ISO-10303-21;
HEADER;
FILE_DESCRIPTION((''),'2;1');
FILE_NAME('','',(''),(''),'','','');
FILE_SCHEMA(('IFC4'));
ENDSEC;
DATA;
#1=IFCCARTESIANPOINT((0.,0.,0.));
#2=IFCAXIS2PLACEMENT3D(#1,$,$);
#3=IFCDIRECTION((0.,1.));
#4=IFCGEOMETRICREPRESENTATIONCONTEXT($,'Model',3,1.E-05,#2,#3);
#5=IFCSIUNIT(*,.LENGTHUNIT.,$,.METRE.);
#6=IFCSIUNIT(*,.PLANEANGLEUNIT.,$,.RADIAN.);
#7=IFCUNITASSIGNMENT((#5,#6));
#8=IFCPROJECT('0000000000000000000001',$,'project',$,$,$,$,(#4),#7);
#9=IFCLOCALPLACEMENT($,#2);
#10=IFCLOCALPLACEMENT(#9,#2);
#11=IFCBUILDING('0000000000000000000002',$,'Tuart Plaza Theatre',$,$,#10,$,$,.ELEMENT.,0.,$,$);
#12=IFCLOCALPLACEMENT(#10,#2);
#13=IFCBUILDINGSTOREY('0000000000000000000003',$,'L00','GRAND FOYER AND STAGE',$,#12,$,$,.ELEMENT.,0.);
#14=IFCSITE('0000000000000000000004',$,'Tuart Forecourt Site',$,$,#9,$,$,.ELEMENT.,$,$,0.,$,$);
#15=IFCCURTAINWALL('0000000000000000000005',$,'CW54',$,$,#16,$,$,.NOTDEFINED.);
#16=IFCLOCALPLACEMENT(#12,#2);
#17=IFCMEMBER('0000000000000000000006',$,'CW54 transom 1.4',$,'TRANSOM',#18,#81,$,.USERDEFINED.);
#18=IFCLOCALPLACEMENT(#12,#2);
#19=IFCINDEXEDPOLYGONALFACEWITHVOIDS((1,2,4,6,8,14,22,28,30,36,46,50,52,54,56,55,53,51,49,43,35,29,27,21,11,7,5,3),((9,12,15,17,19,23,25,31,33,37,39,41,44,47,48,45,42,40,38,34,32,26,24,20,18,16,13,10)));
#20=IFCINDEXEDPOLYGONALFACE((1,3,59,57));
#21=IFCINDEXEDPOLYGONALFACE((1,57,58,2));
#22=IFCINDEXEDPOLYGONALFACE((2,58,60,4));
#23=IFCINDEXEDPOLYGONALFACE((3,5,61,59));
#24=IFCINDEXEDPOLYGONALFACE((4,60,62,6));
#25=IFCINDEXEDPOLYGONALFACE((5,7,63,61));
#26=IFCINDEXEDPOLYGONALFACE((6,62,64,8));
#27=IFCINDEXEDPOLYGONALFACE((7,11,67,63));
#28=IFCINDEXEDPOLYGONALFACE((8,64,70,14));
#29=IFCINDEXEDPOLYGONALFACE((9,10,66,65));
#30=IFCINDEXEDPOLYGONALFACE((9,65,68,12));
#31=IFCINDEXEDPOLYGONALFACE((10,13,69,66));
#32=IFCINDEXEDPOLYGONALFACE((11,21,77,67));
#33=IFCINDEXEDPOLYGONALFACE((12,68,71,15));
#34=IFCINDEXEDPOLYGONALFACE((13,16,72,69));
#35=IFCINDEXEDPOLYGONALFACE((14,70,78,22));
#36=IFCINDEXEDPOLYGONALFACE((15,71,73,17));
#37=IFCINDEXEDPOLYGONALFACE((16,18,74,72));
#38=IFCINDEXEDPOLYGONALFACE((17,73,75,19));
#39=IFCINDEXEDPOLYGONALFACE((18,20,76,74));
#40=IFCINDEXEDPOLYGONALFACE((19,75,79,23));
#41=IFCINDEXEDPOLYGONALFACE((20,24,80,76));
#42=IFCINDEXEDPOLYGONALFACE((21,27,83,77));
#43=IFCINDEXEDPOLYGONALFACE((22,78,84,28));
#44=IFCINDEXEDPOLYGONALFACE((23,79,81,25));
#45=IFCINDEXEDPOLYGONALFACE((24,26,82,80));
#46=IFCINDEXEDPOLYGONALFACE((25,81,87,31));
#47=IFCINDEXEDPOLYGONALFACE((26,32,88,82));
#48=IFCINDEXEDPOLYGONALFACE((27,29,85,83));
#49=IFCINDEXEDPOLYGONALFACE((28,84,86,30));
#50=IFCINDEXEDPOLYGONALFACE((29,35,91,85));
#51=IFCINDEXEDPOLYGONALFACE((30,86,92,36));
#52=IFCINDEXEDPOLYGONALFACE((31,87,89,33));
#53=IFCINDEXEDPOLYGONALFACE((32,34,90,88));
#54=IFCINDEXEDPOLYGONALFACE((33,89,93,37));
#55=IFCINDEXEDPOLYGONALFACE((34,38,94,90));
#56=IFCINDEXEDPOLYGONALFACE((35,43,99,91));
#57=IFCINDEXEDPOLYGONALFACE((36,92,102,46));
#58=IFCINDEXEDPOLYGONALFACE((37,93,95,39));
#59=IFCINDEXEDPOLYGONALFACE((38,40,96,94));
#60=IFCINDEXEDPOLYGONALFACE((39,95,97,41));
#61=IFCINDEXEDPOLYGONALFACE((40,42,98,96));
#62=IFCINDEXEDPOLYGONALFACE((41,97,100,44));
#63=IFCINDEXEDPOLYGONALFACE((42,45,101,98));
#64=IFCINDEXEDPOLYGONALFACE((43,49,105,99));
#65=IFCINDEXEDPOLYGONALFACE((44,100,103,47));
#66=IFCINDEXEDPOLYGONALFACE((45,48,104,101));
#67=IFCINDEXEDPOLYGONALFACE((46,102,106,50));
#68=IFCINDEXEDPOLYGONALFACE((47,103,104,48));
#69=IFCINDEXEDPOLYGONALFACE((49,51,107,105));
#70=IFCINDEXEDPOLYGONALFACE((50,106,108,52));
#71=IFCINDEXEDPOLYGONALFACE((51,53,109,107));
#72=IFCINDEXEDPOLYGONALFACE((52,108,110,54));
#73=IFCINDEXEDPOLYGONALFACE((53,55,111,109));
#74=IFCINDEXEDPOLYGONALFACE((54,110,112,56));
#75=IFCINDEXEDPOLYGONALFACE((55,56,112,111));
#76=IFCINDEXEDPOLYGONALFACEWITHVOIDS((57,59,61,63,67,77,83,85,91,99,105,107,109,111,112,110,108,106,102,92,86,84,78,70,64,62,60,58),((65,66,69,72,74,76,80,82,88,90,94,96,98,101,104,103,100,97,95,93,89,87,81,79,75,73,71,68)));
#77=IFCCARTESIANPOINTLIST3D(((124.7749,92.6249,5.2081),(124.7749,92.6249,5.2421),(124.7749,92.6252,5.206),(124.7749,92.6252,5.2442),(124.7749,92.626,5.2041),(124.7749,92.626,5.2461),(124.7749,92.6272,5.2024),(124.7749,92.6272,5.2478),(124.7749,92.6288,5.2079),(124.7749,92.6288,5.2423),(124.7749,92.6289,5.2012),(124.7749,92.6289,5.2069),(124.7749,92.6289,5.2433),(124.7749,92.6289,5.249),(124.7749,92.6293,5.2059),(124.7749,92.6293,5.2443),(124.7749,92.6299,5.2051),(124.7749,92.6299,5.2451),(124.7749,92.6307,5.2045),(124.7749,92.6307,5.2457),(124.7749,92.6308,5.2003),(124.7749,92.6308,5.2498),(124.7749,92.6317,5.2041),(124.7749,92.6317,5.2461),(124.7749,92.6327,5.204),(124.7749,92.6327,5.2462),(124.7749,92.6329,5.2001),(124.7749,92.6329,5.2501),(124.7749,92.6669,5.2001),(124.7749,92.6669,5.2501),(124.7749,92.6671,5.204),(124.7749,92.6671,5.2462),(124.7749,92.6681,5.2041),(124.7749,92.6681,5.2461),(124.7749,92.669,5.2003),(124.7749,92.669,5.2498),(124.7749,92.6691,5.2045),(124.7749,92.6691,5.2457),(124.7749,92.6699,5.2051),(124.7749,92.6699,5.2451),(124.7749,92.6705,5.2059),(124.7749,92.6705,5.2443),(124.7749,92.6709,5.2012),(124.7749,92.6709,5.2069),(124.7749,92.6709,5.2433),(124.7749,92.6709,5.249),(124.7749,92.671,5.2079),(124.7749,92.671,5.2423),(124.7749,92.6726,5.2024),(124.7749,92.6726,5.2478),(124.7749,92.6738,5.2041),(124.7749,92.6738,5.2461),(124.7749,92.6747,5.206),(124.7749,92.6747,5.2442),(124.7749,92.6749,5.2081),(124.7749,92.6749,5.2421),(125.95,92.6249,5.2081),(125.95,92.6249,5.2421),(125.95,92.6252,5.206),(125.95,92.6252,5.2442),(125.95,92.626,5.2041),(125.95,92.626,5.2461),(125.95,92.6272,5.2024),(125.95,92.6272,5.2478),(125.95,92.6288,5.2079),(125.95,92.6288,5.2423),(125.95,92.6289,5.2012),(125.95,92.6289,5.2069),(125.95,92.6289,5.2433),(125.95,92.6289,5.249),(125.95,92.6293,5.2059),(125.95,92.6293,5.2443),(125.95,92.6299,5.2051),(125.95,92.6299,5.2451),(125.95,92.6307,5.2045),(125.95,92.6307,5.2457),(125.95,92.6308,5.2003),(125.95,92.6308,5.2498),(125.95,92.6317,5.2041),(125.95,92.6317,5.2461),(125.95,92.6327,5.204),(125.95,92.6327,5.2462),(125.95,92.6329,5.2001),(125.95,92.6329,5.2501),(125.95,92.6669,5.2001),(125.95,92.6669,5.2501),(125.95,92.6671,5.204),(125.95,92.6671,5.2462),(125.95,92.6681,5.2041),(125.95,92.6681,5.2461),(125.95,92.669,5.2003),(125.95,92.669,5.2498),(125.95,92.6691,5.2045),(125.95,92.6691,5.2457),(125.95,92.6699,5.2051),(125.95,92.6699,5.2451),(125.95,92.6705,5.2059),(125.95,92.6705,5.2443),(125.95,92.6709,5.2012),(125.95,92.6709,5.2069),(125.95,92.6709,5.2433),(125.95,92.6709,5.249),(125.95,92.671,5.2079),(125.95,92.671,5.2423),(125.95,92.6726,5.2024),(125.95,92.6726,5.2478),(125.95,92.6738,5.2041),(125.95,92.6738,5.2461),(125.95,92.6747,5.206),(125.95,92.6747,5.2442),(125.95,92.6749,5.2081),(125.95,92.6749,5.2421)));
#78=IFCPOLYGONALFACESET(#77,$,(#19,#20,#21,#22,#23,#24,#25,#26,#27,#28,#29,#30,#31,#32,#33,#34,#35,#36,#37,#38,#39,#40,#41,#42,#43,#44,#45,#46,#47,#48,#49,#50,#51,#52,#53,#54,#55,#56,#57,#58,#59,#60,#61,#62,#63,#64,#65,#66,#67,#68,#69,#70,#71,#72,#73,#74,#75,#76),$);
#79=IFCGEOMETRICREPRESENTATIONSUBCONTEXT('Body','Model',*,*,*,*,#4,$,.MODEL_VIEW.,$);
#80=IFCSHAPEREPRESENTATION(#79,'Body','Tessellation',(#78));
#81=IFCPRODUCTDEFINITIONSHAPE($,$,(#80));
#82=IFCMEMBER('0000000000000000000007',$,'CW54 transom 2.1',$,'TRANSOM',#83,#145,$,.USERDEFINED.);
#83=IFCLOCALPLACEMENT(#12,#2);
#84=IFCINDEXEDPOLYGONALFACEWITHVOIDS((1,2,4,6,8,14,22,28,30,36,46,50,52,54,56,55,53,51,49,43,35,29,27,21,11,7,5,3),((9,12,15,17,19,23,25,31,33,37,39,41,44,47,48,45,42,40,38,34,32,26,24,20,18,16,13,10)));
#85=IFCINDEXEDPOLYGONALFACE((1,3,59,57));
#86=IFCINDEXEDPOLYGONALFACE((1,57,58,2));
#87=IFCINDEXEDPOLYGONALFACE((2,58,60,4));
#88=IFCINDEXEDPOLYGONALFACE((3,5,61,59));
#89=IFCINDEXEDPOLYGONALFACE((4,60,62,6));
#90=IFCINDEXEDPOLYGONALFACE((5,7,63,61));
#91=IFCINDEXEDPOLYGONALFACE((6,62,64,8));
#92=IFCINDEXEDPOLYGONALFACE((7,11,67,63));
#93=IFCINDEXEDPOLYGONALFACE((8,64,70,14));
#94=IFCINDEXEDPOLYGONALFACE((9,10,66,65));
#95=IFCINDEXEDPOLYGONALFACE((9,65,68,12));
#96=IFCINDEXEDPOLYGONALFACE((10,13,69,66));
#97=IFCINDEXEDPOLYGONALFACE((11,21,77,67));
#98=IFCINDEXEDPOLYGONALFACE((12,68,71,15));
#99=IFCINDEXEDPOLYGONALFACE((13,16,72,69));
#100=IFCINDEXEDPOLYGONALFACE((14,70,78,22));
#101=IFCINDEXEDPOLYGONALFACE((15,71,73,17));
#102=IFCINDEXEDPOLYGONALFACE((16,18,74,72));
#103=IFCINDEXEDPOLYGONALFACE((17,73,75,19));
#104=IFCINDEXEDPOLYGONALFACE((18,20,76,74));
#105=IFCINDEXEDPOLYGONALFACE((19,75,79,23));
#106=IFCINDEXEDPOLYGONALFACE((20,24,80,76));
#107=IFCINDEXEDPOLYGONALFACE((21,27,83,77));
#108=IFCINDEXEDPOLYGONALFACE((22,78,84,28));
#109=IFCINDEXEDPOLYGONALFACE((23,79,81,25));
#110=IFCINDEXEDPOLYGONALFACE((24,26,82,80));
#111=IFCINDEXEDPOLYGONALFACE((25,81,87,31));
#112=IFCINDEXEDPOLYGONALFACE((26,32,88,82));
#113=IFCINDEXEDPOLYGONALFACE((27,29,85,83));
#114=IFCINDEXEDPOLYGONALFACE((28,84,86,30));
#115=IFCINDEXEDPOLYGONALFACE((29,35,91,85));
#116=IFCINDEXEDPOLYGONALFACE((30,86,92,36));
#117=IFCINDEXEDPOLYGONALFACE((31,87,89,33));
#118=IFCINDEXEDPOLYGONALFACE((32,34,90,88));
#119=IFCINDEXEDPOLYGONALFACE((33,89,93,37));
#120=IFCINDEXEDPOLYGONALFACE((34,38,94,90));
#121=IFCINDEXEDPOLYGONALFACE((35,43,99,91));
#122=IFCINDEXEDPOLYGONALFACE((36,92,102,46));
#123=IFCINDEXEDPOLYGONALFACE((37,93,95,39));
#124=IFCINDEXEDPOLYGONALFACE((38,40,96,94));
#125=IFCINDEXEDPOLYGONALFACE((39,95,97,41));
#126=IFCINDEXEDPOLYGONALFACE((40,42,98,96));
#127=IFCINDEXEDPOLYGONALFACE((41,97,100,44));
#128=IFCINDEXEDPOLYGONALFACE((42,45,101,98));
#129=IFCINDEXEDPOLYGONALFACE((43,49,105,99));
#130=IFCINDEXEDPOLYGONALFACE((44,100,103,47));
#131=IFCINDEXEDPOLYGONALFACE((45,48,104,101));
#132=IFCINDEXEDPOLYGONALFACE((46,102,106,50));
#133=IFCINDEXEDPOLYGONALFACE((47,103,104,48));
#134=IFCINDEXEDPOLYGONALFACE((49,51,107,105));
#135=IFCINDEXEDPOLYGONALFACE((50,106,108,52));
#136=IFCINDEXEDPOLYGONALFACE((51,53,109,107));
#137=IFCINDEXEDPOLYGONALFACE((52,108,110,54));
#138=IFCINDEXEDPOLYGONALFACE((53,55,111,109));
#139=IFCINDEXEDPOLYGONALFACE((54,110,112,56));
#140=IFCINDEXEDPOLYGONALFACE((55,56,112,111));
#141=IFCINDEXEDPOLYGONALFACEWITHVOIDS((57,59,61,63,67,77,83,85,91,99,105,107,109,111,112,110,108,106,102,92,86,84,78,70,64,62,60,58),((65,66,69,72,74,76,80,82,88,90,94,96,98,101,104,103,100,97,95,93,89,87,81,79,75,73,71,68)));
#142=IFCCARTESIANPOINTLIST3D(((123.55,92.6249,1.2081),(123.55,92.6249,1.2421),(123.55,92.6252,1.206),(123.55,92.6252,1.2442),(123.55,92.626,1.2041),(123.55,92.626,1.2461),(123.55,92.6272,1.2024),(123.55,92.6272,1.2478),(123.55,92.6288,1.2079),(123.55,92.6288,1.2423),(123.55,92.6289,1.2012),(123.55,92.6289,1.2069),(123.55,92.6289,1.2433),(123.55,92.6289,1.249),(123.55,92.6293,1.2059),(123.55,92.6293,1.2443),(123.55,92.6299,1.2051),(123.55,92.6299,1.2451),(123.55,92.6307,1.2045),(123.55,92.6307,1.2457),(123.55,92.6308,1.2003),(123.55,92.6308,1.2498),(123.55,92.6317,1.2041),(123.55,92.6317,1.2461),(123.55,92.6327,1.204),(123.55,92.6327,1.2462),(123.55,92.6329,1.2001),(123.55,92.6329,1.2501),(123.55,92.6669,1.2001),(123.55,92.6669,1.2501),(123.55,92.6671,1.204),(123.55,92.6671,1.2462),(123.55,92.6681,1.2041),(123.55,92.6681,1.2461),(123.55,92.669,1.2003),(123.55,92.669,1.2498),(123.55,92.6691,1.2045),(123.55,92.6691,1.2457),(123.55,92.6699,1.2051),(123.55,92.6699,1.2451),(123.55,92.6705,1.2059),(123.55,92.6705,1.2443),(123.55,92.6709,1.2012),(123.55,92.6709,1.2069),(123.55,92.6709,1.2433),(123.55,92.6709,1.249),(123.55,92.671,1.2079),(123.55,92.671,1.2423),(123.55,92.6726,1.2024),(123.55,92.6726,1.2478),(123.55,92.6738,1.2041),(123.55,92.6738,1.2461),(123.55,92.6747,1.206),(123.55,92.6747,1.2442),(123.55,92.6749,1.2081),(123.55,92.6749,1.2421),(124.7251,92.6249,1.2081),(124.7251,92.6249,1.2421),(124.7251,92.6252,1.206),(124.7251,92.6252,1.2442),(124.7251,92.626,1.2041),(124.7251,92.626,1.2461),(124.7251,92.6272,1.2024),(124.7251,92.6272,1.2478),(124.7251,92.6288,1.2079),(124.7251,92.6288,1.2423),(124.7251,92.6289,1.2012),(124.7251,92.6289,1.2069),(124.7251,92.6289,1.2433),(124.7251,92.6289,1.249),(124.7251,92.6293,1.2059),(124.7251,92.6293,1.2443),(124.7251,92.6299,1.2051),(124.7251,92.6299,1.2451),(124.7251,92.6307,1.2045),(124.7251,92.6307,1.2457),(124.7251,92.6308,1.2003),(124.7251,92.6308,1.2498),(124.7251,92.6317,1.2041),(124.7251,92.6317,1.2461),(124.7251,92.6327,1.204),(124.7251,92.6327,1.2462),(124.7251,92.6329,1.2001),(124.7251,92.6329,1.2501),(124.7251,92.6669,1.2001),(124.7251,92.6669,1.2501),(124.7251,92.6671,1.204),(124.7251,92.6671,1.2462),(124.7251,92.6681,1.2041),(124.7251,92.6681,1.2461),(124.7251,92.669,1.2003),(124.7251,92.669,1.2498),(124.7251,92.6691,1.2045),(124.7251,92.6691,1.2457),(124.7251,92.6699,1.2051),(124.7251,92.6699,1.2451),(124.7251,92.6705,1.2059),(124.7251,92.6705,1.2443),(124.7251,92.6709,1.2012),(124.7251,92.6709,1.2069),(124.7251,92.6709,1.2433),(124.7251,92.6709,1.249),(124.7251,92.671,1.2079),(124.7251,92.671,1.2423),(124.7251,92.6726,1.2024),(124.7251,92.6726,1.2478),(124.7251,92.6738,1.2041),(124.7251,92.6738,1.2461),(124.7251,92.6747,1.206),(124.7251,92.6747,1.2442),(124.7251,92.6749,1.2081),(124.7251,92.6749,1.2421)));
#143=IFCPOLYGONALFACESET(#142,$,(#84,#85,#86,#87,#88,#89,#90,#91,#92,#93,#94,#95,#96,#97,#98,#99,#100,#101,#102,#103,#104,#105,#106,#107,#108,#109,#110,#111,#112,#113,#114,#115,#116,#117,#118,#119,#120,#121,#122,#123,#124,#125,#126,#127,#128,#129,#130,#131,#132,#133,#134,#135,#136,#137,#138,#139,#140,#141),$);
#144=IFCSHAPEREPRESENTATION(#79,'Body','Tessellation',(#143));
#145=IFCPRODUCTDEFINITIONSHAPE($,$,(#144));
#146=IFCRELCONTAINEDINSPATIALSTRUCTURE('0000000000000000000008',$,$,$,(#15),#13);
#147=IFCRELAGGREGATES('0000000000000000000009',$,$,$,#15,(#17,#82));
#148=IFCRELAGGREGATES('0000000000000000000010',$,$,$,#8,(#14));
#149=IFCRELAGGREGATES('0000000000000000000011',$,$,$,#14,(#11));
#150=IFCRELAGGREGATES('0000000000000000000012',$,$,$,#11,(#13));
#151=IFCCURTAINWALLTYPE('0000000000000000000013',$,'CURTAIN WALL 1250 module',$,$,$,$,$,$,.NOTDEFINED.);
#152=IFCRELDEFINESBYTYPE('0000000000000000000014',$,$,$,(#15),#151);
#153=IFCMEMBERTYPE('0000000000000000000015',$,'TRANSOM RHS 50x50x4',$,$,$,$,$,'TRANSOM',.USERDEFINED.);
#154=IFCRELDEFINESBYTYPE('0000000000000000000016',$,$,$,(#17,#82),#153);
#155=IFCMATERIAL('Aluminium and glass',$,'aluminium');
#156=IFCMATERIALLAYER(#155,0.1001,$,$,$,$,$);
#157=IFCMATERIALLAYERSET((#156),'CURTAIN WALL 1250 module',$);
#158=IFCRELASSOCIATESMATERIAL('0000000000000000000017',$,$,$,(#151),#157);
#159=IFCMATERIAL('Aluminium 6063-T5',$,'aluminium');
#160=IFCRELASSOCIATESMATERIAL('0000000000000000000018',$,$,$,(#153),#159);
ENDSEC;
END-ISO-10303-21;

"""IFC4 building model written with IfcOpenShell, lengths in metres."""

from ifc_helpers import new_model, si_unit, direction, frame, origin, origin_2d, place, context, subcontext, project, spatial, hollow_rectangle, extrude, material, layer, layer_set, material_profile, profile_set, type_object, element, aggregate, save


model = new_model("IFC4")

# Units and contexts
model_context = context("Model", 3, precision=1e-05, world=origin(), true_north=direction((0.0, 1.0)))
body_context = subcontext(model_context, "Body", "Model", "MODEL_VIEW")
ifc_project = project(units=[si_unit("LENGTHUNIT", "METRE"), si_unit("PLANEANGLEUNIT", "RADIAN")], contexts=[model_context])

# Site, building, storey
site_placement = place(None, origin())
site = spatial("IfcSite", under=ifc_project, at=site_placement, Name="Tuart Forecourt Site", CompositionType="ELEMENT", RefElevation=0.0)
building_placement = place(site_placement, origin())
building = spatial("IfcBuilding", under=site, at=building_placement, Name="Tuart Plaza Theatre", CompositionType="ELEMENT", ElevationOfRefHeight=0.0)
storey_placement = place(building_placement, origin())
storey = spatial("IfcBuildingStorey", under=building, at=storey_placement, Name="L00", Description="GRAND FOYER AND STAGE", CompositionType="ELEMENT", Elevation=0.0)

# Curtain wall, members
ifc_material_1 = material(Name="Aluminium and glass", Category="aluminium")
ifc_layer_1 = layer(ifc_material_1, 0.1001)
ifc_layer_set_1 = layer_set([ifc_layer_1], Name="CURTAIN WALL 1250 module")
curtain_wall_type = type_object("IfcCurtainWallType", Name="CURTAIN WALL 1250 module", PredefinedType="NOTDEFINED", material=ifc_layer_set_1)
curtain_wall_placement = place(storey_placement, origin())
curtain_wall = element("IfcCurtainWall", 1, at=curtain_wall_placement, inside=storey, type_object=curtain_wall_type, Name="CW54", PredefinedType="NOTDEFINED")
ifc_material_2 = material(Name="Aluminium 6063-T5", Category="aluminium")
ifc_material_profile_1 = material_profile(ifc_material_2, hollow_rectangle(XDim=0.05, YDim=0.05, WallThickness=0.0039, InnerFilletRadius=0.0039, OuterFilletRadius=0.0081, at=origin_2d()), Name="RHS 50x50x4")
ifc_profile_set_1 = profile_set([ifc_material_profile_1], Name="Aluminium 6063-T5")
member_type_1 = type_object("IfcMemberType", Name="TRANSOM RHS 50x50x4", ElementType="TRANSOM", PredefinedType="USERDEFINED", material=ifc_profile_set_1)
member_1_placement = place(storey_placement, frame((125.95, 92.6499, 5.2251), z_axis=(-1.0, 0.0, 0.0), x_axis=(0.0, -1.0, 0.0)))
member_1 = element("IfcMember", 2, at=member_1_placement, type_object=member_type_1, Name="CW54 transom 1.4", ObjectType="TRANSOM", PredefinedType="USERDEFINED", context=body_context, shape_type="SweptSolid", body=[
    extrude(hollow_rectangle(XDim=0.05, YDim=0.05, WallThickness=0.0039, InnerFilletRadius=0.0039, OuterFilletRadius=0.0081, at=origin_2d()), origin(), (0.0, 0.0, 1.0), 1.175),
])
member_2_placement = place(storey_placement, frame((124.7251, 92.6499, 1.2251), z_axis=(-1.0, 0.0, 0.0), x_axis=(0.0, -1.0, 0.0)))
member_2 = element("IfcMember", 3, at=member_2_placement, type_object=member_type_1, Name="CW54 transom 2.1", ObjectType="TRANSOM", PredefinedType="USERDEFINED", context=body_context, shape_type="SweptSolid", body=[
    extrude(hollow_rectangle(XDim=0.05, YDim=0.05, WallThickness=0.0039, InnerFilletRadius=0.0039, OuterFilletRadius=0.0081, at=origin_2d()), origin(), (0.0, 0.0, 1.0), 1.175),
])
aggregate(curtain_wall, [member_1, member_2])

save(model, "model.ifc")
